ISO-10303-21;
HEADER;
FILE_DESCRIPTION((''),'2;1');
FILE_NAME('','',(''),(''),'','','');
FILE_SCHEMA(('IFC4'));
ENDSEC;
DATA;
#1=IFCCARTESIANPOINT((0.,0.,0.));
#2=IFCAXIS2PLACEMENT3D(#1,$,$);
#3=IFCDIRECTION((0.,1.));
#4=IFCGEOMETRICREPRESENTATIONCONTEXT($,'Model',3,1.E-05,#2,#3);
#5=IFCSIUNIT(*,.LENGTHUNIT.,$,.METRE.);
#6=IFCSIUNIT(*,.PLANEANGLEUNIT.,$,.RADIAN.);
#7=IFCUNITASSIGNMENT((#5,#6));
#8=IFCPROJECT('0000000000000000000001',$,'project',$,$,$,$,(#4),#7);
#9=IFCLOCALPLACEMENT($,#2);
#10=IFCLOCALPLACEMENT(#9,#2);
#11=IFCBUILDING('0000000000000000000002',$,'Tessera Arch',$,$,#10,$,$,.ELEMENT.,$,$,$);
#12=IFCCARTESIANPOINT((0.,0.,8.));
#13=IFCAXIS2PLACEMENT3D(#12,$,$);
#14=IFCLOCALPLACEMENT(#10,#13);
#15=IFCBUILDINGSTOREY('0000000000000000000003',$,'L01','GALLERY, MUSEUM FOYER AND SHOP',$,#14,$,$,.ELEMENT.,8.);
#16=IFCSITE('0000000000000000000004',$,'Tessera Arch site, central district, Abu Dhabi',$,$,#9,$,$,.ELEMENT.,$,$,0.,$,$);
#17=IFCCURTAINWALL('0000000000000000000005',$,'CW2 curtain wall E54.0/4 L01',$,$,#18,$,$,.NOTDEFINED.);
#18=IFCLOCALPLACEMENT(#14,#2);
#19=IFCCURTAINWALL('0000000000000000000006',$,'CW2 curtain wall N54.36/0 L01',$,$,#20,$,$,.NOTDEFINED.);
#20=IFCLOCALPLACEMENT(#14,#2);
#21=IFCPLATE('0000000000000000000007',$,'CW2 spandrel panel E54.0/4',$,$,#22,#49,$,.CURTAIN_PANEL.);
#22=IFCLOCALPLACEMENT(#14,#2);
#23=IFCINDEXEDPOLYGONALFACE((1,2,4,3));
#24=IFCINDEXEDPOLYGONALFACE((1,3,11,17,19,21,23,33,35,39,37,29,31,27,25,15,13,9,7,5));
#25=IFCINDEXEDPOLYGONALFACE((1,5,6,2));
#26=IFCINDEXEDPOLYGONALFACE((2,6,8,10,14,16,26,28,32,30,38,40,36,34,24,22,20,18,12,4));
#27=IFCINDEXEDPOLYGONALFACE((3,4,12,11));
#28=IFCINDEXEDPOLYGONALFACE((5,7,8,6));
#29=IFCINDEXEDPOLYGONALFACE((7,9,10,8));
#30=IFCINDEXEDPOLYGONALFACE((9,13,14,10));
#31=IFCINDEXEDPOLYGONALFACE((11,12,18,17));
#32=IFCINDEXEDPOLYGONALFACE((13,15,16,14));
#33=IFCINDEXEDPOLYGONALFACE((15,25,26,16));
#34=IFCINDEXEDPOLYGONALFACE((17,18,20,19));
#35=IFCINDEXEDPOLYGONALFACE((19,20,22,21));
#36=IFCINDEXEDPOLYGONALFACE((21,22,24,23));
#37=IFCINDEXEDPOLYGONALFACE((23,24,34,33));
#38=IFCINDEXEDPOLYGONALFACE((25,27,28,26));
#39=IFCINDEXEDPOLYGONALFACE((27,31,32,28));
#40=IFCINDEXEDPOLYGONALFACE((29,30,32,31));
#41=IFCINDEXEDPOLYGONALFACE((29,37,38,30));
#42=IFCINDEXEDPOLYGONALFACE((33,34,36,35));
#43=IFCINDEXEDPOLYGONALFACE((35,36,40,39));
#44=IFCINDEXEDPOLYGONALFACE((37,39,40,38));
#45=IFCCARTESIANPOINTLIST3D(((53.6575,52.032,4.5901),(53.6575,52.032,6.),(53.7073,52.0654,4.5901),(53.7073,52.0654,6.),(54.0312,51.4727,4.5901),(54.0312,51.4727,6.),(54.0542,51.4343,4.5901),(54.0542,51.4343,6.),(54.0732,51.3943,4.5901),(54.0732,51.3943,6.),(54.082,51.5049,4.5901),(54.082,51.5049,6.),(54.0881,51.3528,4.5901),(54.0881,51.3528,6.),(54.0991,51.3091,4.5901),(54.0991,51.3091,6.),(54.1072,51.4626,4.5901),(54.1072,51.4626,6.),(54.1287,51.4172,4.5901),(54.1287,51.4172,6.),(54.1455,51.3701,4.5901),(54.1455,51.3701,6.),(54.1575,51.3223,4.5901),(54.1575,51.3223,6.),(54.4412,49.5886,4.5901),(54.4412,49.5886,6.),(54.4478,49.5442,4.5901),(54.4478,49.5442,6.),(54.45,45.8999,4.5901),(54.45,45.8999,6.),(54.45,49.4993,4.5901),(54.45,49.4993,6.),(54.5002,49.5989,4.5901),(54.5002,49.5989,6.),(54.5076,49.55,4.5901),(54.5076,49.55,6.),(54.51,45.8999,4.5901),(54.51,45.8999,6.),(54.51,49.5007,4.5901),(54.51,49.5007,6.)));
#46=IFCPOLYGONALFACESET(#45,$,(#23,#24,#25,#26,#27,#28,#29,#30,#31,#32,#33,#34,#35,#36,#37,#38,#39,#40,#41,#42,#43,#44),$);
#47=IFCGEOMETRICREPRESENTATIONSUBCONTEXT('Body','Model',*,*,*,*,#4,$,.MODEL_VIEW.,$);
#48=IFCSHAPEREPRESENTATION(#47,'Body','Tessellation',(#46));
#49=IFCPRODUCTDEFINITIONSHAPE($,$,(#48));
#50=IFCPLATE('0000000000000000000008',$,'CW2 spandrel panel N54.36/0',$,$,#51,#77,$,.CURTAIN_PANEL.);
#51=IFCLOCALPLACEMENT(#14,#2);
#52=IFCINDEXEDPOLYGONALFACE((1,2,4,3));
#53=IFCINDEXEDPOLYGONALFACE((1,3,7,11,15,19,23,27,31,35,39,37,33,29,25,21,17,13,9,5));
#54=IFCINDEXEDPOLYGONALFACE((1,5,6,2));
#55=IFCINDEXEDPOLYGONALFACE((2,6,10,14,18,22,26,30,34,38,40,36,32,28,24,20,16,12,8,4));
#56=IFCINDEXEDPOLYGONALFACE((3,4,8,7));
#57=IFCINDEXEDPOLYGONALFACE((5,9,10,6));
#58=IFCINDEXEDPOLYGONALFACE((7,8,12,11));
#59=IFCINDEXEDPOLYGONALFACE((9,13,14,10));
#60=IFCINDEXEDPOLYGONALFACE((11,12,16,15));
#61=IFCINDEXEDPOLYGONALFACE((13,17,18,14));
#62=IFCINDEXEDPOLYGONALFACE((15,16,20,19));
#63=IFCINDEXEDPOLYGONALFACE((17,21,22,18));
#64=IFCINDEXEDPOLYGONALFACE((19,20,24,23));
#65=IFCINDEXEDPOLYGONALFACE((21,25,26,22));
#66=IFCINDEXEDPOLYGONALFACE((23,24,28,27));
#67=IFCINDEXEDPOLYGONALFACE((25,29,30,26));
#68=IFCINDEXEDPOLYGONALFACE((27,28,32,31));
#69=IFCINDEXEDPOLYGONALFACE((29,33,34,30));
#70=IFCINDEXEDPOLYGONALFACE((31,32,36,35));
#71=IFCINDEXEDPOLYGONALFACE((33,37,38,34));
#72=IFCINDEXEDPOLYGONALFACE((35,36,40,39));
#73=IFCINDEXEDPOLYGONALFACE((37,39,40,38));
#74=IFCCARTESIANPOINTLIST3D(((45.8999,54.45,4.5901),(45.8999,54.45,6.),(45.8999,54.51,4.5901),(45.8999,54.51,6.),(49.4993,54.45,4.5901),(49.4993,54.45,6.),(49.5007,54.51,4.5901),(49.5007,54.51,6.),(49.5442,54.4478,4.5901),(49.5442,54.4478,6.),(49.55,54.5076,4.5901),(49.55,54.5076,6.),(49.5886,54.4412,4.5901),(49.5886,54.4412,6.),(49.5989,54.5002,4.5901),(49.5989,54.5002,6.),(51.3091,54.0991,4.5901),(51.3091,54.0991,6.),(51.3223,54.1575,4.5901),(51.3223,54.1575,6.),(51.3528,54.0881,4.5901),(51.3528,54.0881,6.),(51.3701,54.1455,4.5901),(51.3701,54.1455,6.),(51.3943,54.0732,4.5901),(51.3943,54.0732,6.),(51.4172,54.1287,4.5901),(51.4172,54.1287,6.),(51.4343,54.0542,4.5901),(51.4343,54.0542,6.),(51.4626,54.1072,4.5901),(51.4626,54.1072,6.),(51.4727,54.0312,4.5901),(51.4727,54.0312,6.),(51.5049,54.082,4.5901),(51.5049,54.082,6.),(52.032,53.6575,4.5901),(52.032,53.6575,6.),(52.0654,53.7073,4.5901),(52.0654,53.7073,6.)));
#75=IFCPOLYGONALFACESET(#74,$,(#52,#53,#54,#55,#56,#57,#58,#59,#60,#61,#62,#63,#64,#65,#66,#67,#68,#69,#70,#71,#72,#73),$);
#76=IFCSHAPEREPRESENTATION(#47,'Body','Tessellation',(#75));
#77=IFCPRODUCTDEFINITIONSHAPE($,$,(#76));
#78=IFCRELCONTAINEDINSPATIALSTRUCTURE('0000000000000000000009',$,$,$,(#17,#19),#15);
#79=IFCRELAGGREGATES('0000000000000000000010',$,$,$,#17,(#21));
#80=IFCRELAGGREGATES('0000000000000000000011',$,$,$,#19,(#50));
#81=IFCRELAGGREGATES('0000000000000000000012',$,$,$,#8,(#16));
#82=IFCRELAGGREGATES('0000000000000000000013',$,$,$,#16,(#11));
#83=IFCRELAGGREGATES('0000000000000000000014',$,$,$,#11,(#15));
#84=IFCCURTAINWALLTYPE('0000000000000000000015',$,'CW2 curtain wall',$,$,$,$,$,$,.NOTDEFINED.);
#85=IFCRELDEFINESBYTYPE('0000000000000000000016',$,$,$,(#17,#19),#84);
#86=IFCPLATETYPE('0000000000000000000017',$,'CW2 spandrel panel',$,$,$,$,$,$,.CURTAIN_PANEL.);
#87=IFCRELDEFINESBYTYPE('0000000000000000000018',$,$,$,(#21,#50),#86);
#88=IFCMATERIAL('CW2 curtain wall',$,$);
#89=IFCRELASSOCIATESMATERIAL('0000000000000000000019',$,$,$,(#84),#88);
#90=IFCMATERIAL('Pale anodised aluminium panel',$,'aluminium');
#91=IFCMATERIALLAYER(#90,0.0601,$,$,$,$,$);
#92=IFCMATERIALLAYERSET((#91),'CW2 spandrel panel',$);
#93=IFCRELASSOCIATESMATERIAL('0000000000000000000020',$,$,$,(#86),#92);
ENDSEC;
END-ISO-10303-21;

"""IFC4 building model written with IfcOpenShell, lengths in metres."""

from ifc_helpers import new_model, si_unit, direction, frame, origin, place, context, subcontext, project, spatial, polyline, outline, extrude, material, layer, layer_set, type_object, element, aggregate, save


model = new_model("IFC4")

# Units and contexts
model_context = context("Model", 3, precision=1e-05, world=origin(), true_north=direction((0.0, 1.0)))
body_context = subcontext(model_context, "Body", "Model", "MODEL_VIEW")
ifc_project = project(units=[si_unit("LENGTHUNIT", "METRE"), si_unit("PLANEANGLEUNIT", "RADIAN")], contexts=[model_context])

# Site, building, storey
site_placement = place(None, origin())
site = spatial("IfcSite", under=ifc_project, at=site_placement, Name="Tessera Arch site, central district, Abu Dhabi", CompositionType="ELEMENT", RefElevation=0.0)
building_placement = place(site_placement, origin())
building = spatial("IfcBuilding", under=site, at=building_placement, Name="Tessera Arch", CompositionType="ELEMENT")
storey_placement = place(building_placement, frame((0.0, 0.0, 8.0)))
storey = spatial("IfcBuildingStorey", under=building, at=storey_placement, Name="L01", Description="GALLERY, MUSEUM FOYER AND SHOP", CompositionType="ELEMENT", Elevation=8.0)

# Shared definitions
ifc_material_1 = material(Name="CW2 curtain wall")
curtain_wall_type = type_object("IfcCurtainWallType", Name="CW2 curtain wall", PredefinedType="NOTDEFINED", material=ifc_material_1)

# Curtain walls
curtain_wall_1_placement = place(storey_placement, origin())
curtain_wall_1 = element("IfcCurtainWall", 1, at=curtain_wall_1_placement, inside=storey, type_object=curtain_wall_type, Name="CW2 curtain wall E54.0/4 L01", PredefinedType="NOTDEFINED")
curtain_wall_2_placement = place(storey_placement, origin())
curtain_wall_2 = element("IfcCurtainWall", 2, at=curtain_wall_2_placement, inside=storey, type_object=curtain_wall_type, Name="CW2 curtain wall N54.36/0 L01", PredefinedType="NOTDEFINED")

# Plates
ifc_material_2 = material(Name="Pale anodised aluminium panel", Category="aluminium")
ifc_layer_1 = layer(ifc_material_2, 0.0601)
ifc_layer_set_1 = layer_set([ifc_layer_1], Name="CW2 spandrel panel")
plate_type_1 = type_object("IfcPlateType", Name="CW2 spandrel panel", PredefinedType="CURTAIN_PANEL", material=ifc_layer_set_1)
plate_1_placement = place(storey_placement, frame((0.0, 0.0, 4.5901)))
plate_1 = element("IfcPlate", 3, at=plate_1_placement, type_object=plate_type_1, Name="CW2 spandrel panel E54.0/4", PredefinedType="CURTAIN_PANEL", context=body_context, shape_type="SweptSolid", body=[
    extrude(outline(polyline([(54.45, 49.4993), (54.45, 45.8999), (54.51, 45.8999), (54.51, 49.5007), (54.5076, 49.55), (54.5002, 49.5989), (54.1575, 51.3223), (54.1455, 51.3701), (54.1287, 51.4172), (54.1072, 51.4626), (54.082, 51.5049), (53.7073, 52.0654), (53.6575, 52.032), (54.0312, 51.4727), (54.0542, 51.4343), (54.0732, 51.3943), (54.0881, 51.3528), (54.0991, 51.3091), (54.4412, 49.5886), (54.4478, 49.5442), (54.45, 49.4993)])), origin(), (0.0, 0.0, 1.0), 1.4099),
])
aggregate(curtain_wall_1, [plate_1])
plate_2_placement = place(storey_placement, frame((0.0, 0.0, 4.5901)))
plate_2 = element("IfcPlate", 4, at=plate_2_placement, type_object=plate_type_1, Name="CW2 spandrel panel N54.36/0", PredefinedType="CURTAIN_PANEL", context=body_context, shape_type="SweptSolid", body=[
    extrude(outline(polyline([(51.4727, 54.0312), (52.032, 53.6575), (52.0654, 53.7073), (51.5049, 54.082), (51.4626, 54.1072), (51.4172, 54.1287), (51.3701, 54.1455), (51.3223, 54.1575), (49.5989, 54.5002), (49.55, 54.5076), (49.5007, 54.51), (45.8999, 54.51), (45.8999, 54.45), (49.4993, 54.45), (49.5442, 54.4478), (49.5886, 54.4412), (51.3091, 54.0991), (51.3528, 54.0881), (51.3943, 54.0732), (51.4343, 54.0542), (51.4727, 54.0312)])), origin(), (0.0, 0.0, 1.0), 1.4099),
])
aggregate(curtain_wall_2, [plate_2])

save(model, "model.ifc")
